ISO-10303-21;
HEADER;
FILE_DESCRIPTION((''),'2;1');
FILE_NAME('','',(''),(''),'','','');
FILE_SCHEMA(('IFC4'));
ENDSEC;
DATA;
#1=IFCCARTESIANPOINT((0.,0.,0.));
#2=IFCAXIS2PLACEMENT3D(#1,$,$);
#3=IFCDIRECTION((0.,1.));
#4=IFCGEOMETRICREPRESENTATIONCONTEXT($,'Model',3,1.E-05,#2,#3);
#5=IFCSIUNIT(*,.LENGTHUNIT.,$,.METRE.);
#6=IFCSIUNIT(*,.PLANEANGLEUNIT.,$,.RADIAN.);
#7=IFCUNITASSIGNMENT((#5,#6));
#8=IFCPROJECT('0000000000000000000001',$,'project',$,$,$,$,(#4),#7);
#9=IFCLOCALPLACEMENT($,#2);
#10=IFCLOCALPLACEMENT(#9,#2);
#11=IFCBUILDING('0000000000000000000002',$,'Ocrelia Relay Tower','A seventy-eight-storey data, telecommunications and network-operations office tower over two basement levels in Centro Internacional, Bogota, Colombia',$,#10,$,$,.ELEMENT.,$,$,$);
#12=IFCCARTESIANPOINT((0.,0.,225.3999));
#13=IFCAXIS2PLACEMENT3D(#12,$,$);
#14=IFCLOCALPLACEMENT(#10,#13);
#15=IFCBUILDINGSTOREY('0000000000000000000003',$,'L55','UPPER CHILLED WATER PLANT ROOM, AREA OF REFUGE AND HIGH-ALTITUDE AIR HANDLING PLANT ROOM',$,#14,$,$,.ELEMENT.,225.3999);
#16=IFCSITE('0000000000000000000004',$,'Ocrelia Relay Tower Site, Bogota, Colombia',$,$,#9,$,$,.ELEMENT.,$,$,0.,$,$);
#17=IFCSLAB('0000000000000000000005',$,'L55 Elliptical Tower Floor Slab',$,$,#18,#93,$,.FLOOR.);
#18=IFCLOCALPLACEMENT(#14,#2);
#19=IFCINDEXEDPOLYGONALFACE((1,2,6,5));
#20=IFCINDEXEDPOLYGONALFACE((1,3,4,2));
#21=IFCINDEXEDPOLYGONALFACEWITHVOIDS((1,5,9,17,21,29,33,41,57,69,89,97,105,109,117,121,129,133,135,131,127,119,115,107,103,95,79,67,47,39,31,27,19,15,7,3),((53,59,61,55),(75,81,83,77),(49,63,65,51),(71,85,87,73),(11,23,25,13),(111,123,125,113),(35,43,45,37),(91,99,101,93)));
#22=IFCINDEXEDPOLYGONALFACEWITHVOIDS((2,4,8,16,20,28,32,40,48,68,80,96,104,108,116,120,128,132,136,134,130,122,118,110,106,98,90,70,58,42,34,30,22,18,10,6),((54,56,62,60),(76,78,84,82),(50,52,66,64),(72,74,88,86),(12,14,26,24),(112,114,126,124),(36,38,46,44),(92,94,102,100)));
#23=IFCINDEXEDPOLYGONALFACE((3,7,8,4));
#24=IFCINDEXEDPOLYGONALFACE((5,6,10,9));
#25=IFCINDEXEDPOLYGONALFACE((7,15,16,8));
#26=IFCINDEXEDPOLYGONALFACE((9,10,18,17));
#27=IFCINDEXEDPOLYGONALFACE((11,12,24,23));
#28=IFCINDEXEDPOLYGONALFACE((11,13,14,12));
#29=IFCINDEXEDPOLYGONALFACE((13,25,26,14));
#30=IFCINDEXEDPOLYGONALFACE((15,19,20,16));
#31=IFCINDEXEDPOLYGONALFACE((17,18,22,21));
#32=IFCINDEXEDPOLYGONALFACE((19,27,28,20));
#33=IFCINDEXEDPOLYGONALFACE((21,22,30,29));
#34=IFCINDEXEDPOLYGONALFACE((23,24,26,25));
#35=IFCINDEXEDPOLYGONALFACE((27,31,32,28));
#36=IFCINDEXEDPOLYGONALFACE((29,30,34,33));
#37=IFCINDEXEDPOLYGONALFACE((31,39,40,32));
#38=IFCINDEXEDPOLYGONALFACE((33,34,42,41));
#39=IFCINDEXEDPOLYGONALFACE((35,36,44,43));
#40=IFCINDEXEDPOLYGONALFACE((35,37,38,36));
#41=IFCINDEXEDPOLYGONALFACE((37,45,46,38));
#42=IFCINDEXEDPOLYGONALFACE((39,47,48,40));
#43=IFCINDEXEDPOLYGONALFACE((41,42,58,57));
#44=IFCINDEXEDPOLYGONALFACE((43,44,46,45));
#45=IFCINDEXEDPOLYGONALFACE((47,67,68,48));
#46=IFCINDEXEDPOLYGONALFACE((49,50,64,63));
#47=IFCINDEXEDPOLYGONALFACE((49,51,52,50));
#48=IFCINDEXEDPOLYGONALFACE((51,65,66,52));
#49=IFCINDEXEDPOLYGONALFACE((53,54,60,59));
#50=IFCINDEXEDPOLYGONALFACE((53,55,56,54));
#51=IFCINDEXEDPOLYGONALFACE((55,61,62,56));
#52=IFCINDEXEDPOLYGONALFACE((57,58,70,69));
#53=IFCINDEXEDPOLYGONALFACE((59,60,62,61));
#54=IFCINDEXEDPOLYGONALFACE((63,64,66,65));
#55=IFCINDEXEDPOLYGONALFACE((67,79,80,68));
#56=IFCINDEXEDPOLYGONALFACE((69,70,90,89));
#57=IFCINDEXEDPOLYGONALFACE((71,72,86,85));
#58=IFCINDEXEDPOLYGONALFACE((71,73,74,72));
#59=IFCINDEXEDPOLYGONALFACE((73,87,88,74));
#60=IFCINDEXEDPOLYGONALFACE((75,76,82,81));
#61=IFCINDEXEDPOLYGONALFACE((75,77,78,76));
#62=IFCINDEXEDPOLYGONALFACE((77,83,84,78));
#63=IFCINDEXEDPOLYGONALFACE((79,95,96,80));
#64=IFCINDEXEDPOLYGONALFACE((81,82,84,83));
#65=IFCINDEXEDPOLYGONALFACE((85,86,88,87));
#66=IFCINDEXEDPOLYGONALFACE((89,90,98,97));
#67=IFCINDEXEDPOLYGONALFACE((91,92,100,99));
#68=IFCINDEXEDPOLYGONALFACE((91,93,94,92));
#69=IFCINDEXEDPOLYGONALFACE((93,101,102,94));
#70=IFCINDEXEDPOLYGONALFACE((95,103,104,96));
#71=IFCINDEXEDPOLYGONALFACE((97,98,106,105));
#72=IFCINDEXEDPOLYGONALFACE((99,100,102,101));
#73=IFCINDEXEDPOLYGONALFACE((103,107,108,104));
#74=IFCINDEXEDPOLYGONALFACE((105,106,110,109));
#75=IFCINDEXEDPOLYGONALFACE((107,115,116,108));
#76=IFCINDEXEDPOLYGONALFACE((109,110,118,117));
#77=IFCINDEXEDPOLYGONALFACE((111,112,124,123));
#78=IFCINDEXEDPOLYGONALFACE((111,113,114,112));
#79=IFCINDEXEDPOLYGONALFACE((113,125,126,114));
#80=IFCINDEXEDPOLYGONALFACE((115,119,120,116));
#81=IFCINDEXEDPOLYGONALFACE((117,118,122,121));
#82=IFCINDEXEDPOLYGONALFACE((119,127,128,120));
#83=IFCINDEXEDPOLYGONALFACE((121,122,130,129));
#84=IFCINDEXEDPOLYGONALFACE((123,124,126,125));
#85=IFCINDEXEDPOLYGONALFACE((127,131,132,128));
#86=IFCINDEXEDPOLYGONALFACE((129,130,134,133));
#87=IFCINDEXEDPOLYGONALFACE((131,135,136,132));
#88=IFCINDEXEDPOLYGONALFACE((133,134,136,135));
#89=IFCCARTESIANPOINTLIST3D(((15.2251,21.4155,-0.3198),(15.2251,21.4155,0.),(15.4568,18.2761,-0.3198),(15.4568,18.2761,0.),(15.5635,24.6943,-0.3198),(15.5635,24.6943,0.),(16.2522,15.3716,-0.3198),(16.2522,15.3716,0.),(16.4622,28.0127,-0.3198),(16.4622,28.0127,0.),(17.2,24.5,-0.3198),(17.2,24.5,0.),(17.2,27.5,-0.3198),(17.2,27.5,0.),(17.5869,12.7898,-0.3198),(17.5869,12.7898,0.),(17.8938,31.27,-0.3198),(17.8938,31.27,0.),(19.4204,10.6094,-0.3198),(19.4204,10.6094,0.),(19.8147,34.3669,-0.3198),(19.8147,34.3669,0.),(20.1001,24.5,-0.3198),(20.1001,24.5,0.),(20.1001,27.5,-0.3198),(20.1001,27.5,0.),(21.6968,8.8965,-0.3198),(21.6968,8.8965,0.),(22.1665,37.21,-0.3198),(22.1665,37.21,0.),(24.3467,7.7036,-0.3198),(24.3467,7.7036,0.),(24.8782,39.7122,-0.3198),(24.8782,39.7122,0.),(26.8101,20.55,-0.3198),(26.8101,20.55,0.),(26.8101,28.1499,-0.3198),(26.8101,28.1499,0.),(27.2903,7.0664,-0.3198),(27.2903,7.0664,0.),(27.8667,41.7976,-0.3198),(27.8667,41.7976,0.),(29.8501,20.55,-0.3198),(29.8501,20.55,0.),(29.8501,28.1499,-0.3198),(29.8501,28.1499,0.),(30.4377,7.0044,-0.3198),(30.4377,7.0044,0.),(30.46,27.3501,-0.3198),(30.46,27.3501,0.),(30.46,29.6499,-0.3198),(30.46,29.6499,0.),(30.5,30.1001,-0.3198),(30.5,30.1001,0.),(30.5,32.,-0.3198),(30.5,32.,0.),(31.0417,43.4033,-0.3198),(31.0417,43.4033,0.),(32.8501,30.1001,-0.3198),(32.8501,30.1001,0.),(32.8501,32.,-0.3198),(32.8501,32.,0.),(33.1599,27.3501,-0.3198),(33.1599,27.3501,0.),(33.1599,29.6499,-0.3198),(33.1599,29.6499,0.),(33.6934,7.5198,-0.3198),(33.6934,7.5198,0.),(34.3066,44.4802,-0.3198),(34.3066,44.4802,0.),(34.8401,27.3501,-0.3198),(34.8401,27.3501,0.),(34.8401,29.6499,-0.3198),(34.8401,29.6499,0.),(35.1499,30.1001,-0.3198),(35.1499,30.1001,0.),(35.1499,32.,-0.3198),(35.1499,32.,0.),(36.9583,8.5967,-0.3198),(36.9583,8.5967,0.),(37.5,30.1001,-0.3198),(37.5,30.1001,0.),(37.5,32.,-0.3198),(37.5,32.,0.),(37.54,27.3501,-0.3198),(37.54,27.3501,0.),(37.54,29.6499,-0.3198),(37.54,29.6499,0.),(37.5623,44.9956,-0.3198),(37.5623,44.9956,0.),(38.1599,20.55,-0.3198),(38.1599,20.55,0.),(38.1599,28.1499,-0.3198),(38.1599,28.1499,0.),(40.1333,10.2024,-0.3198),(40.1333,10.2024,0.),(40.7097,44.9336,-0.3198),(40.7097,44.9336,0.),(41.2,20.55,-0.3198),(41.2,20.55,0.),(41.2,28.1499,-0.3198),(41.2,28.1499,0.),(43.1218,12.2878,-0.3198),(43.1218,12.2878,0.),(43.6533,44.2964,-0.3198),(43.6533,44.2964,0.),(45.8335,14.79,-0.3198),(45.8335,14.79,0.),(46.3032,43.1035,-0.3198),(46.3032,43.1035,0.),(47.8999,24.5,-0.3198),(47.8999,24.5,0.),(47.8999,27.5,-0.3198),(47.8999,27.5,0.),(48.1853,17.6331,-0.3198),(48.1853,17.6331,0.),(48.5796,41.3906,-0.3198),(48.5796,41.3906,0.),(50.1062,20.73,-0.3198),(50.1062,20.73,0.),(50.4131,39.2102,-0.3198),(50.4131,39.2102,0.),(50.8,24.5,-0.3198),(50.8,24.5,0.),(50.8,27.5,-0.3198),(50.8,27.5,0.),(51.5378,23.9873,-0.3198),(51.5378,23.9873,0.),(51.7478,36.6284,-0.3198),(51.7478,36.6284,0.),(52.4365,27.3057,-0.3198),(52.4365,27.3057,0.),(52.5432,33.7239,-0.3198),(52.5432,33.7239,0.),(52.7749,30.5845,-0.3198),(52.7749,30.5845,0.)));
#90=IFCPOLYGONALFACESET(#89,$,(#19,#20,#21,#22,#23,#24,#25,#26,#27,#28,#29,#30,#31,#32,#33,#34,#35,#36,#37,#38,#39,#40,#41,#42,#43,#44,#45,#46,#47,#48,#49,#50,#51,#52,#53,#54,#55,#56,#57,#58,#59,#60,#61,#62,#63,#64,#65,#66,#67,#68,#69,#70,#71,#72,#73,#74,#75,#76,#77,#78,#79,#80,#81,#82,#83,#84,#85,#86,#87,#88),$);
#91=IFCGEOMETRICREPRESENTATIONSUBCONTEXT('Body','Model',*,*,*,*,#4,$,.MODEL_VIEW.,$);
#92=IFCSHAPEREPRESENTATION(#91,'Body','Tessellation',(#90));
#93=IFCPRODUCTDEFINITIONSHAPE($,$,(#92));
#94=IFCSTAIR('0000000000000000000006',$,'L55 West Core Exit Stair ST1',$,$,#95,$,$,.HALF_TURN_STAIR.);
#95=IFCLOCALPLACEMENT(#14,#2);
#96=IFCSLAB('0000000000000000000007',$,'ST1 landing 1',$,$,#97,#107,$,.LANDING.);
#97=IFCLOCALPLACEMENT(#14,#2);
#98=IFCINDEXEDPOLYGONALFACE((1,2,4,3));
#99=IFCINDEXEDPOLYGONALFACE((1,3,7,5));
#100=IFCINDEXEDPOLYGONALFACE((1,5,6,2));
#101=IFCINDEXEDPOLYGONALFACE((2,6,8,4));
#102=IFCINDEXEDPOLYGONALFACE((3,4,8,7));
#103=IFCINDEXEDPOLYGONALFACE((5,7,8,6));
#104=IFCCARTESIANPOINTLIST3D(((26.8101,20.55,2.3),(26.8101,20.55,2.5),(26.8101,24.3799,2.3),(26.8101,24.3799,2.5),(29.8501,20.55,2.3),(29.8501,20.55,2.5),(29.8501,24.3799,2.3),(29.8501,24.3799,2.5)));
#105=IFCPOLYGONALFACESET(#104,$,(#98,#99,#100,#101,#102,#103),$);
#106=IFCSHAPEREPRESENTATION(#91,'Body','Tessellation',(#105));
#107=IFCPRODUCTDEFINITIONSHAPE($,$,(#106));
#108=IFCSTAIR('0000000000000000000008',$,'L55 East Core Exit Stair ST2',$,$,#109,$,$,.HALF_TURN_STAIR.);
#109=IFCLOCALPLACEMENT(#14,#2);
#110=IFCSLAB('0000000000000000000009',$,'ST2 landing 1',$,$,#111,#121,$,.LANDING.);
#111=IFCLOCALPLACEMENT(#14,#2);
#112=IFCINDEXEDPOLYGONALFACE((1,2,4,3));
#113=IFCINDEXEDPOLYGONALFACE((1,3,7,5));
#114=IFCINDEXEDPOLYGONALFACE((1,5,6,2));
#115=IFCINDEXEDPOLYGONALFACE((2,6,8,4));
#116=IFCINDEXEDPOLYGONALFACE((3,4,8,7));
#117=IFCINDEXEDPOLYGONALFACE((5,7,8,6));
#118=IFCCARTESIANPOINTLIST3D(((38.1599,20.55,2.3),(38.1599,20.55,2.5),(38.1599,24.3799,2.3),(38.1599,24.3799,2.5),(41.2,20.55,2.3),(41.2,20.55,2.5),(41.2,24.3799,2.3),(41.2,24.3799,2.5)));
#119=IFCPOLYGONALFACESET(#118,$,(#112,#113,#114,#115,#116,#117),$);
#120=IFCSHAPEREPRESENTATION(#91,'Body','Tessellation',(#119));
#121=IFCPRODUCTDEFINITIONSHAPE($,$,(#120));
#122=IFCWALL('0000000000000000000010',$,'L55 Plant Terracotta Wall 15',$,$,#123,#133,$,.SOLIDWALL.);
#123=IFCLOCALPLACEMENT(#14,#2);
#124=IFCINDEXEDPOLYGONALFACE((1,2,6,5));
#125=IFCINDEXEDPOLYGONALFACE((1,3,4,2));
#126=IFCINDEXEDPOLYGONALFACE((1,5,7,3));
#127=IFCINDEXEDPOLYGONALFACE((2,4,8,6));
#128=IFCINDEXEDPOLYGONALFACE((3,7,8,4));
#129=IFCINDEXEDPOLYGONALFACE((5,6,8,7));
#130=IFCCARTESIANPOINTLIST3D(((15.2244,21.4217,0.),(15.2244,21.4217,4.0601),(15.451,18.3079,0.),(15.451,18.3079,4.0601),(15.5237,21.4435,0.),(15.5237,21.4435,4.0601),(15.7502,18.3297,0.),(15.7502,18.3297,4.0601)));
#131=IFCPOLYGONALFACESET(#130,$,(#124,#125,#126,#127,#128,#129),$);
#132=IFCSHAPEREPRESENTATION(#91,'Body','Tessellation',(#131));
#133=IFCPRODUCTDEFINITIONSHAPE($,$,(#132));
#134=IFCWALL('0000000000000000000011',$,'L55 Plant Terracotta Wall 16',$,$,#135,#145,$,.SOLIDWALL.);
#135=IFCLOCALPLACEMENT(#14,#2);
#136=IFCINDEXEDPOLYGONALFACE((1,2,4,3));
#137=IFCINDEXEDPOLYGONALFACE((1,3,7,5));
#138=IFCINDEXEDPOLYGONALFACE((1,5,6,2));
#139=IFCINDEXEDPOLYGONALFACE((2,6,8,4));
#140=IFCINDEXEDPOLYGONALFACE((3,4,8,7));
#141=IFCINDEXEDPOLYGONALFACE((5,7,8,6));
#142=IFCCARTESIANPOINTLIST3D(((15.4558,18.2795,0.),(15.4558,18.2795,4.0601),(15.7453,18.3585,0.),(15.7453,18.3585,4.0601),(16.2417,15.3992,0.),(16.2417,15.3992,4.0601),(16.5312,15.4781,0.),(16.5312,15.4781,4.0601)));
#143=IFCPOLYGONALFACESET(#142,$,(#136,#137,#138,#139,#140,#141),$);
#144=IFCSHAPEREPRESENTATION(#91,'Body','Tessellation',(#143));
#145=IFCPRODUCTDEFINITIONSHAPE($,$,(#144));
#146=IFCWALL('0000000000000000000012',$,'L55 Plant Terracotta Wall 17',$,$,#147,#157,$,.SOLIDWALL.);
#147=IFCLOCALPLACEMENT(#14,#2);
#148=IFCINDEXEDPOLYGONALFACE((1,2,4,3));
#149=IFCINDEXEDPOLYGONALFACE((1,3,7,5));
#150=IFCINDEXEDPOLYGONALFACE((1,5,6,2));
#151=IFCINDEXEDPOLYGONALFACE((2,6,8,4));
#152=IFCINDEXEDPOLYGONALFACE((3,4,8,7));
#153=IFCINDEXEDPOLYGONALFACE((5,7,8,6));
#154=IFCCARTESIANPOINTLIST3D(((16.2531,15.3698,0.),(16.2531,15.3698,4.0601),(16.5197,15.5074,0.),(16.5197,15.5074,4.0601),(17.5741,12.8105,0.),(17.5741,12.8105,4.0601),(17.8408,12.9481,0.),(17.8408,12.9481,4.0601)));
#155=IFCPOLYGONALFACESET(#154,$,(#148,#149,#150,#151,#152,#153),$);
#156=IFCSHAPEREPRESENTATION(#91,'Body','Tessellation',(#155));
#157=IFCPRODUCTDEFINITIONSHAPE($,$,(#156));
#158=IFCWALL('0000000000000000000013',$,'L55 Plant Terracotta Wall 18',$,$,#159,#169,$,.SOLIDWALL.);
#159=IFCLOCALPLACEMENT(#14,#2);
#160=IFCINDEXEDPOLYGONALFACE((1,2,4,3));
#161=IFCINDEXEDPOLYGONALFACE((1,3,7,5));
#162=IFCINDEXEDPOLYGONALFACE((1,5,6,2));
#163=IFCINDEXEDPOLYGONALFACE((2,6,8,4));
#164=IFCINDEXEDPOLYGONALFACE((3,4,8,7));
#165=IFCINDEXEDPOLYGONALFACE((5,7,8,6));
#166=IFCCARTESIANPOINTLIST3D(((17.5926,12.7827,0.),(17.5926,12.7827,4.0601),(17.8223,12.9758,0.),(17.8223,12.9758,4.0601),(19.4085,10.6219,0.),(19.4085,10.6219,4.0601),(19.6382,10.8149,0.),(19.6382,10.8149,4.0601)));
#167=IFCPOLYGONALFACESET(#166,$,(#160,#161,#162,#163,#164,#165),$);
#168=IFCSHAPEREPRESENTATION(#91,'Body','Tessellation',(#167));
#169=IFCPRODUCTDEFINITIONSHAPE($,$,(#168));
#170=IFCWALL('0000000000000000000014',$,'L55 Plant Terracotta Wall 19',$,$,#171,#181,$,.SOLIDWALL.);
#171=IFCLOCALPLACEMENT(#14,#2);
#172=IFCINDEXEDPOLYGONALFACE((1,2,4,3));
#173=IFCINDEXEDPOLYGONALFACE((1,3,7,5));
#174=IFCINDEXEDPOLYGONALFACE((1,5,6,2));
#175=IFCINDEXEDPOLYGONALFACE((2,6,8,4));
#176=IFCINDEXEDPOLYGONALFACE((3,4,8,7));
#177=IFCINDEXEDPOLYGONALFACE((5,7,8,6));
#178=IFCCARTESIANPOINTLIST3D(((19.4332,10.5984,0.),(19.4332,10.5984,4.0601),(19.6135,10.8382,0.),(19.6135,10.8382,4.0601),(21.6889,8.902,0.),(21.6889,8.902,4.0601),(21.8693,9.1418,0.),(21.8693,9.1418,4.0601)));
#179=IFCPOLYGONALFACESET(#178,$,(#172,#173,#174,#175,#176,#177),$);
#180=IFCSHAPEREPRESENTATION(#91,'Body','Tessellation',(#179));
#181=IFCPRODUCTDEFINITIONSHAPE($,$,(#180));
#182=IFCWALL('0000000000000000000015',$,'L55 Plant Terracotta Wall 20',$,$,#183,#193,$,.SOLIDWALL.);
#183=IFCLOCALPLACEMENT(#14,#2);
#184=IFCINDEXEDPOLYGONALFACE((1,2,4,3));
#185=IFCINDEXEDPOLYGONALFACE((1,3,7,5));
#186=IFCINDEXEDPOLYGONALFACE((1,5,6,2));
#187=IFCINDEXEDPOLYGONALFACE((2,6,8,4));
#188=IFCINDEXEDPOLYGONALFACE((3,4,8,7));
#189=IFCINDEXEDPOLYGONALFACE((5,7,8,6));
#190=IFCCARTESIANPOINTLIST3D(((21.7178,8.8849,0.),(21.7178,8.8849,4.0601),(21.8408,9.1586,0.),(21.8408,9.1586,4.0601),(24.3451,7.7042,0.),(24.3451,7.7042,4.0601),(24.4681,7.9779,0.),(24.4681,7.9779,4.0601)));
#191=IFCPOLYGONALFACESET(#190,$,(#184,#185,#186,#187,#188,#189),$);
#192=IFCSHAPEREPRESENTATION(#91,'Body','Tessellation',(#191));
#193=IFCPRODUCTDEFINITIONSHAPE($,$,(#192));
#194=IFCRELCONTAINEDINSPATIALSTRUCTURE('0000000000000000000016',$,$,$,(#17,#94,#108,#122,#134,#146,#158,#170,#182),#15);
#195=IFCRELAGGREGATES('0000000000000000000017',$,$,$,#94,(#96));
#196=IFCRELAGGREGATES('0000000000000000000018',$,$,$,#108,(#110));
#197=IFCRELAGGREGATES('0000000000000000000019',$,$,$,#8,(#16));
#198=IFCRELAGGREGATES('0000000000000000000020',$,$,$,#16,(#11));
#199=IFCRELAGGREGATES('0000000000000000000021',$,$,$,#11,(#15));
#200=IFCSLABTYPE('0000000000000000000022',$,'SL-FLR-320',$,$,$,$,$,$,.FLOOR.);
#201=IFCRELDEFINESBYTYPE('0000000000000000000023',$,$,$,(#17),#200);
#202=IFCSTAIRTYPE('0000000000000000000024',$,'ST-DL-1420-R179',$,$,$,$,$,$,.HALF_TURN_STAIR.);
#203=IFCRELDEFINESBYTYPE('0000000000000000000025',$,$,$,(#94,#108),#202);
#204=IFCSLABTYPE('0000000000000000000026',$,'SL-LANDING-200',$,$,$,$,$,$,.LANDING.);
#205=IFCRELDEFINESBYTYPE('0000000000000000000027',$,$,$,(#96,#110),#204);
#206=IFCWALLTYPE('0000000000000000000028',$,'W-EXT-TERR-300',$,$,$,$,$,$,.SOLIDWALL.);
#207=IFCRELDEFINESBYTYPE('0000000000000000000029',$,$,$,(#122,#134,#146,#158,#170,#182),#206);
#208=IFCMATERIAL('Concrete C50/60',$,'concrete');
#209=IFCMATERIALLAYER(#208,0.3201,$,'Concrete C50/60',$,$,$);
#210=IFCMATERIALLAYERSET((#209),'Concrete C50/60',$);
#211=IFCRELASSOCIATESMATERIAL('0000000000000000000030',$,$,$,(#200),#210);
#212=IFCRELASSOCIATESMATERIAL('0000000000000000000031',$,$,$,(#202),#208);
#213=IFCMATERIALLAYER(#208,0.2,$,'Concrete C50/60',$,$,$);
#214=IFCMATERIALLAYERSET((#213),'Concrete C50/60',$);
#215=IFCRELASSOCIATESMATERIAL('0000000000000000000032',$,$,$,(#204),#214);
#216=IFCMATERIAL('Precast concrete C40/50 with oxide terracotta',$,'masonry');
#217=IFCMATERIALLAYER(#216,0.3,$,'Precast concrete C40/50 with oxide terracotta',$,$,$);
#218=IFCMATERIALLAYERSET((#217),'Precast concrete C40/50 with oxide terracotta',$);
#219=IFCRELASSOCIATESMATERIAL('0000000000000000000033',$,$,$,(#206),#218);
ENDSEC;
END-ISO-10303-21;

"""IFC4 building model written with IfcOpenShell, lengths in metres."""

from ifc_helpers import new_model, si_unit, direction, frame, frame_2d, origin, place, context, subcontext, project, spatial, polyline, rectangle, outline, extrude, material, layer, layer_set, type_object, element, aggregate, save


model = new_model("IFC4")

# Units and contexts
model_context = context("Model", 3, precision=1e-05, world=origin(), true_north=direction((0.0, 1.0)))
body_context = subcontext(model_context, "Body", "Model", "MODEL_VIEW")
ifc_project = project(units=[si_unit("LENGTHUNIT", "METRE"), si_unit("PLANEANGLEUNIT", "RADIAN")], contexts=[model_context])

# Site, building, storey
site_placement = place(None, origin())
site = spatial("IfcSite", under=ifc_project, at=site_placement, Name="Ocrelia Relay Tower Site, Bogota, Colombia", CompositionType="ELEMENT", RefElevation=0.0)
building_placement = place(site_placement, origin())
building = spatial("IfcBuilding", under=site, at=building_placement, Name="Ocrelia Relay Tower", Description="A seventy-eight-storey data, telecommunications and network-operations office tower over two basement levels in Centro Internacional, Bogota, Colombia", CompositionType="ELEMENT")
storey_placement = place(building_placement, frame((0.0, 0.0, 225.3999)))
storey = spatial("IfcBuildingStorey", under=building, at=storey_placement, Name="L55", Description="UPPER CHILLED WATER PLANT ROOM, AREA OF REFUGE AND HIGH-ALTITUDE AIR HANDLING PLANT ROOM", CompositionType="ELEMENT", Elevation=225.3999)

# Slab
ifc_material_1 = material(Name="Concrete C50/60", Category="concrete")
ifc_layer_1 = layer(ifc_material_1, 0.3201, Name="Concrete C50/60")
ifc_layer_set_1 = layer_set([ifc_layer_1], Name="Concrete C50/60")
slab_type_1 = type_object("IfcSlabType", Name="SL-FLR-320", PredefinedType="FLOOR", material=ifc_layer_set_1)
slab_1_placement = place(storey_placement, frame((0.0, 0.0, -0.3198)))
element("IfcSlab", 1, at=slab_1_placement, inside=storey, type_object=slab_type_1, Name="L55 Elliptical Tower Floor Slab", PredefinedType="FLOOR", context=body_context, shape_type="SweptSolid", body=[
    extrude(outline(polyline([(48.5796, 41.3906), (46.3032, 43.1035), (43.6533, 44.2964), (40.7097, 44.9336), (37.5623, 44.9956), (34.3066, 44.4802), (31.0417, 43.4033), (27.8667, 41.7976), (24.8782, 39.7122), (22.1665, 37.21), (19.8147, 34.3669), (17.8938, 31.27), (16.4622, 28.0127), (15.5635, 24.6943), (15.2251, 21.4155), (15.4568, 18.2761), (16.2522, 15.3716), (17.5869, 12.7898), (19.4204, 10.6094), (21.6968, 8.8965), (24.3467, 7.7036), (27.2903, 7.0664), (30.4377, 7.0044), (33.6934, 7.5198), (36.9583, 8.5967), (40.1333, 10.2024), (43.1218, 12.2878), (45.8335, 14.79), (48.1853, 17.6331), (50.1062, 20.73), (51.5378, 23.9873), (52.4365, 27.3057), (52.7749, 30.5845), (52.5432, 33.7239), (51.7478, 36.6284), (50.4131, 39.2102), (48.5796, 41.3906)]), holes=[polyline([(26.8101, 28.1499), (26.8101, 20.55), (29.8501, 20.55), (29.8501, 28.1499), (26.8101, 28.1499)]), polyline([(38.1599, 28.1499), (38.1599, 20.55), (41.2, 20.55), (41.2, 28.1499), (38.1599, 28.1499)]), polyline([(30.46, 27.3501), (33.1599, 27.3501), (33.1599, 29.6499), (30.46, 29.6499), (30.46, 27.3501)]), polyline([(34.8401, 27.3501), (37.54, 27.3501), (37.54, 29.6499), (34.8401, 29.6499), (34.8401, 27.3501)]), polyline([(30.5, 30.1001), (32.8501, 30.1001), (32.8501, 32.0), (30.5, 32.0), (30.5, 30.1001)]), polyline([(35.1499, 30.1001), (37.5, 30.1001), (37.5, 32.0), (35.1499, 32.0), (35.1499, 30.1001)]), polyline([(17.2, 24.5), (20.1001, 24.5), (20.1001, 27.5), (17.2, 27.5), (17.2, 24.5)]), polyline([(47.8999, 24.5), (50.8, 24.5), (50.8, 27.5), (47.8999, 27.5), (47.8999, 24.5)])]), origin(), (0.0, 0.0, 1.0), 0.3198),
])

# Stairs, slabs
stair_type = type_object("IfcStairType", Name="ST-DL-1420-R179", PredefinedType="HALF_TURN_STAIR", material=ifc_material_1)
stair_1_placement = place(storey_placement, origin())
stair_1 = element("IfcStair", 2, at=stair_1_placement, inside=storey, type_object=stair_type, Name="L55 West Core Exit Stair ST1", PredefinedType="HALF_TURN_STAIR")
ifc_layer_2 = layer(ifc_material_1, 0.2, Name="Concrete C50/60")
ifc_layer_set_2 = layer_set([ifc_layer_2], Name="Concrete C50/60")
slab_type_2 = type_object("IfcSlabType", Name="SL-LANDING-200", PredefinedType="LANDING", material=ifc_layer_set_2)
slab_2_placement = place(storey_placement, frame((0.0, 0.0, 2.3)))
slab_2 = element("IfcSlab", 3, at=slab_2_placement, type_object=slab_type_2, Name="ST1 landing 1", PredefinedType="LANDING", context=body_context, shape_type="SweptSolid", body=[
    extrude(outline(polyline([(26.8101, 24.3799), (26.8101, 20.55), (29.8501, 20.55), (29.8501, 24.3799), (26.8101, 24.3799)])), origin(), (0.0, 0.0, 1.0), 0.2),
])
aggregate(stair_1, [slab_2])
stair_2_placement = place(storey_placement, origin())
stair_2 = element("IfcStair", 4, at=stair_2_placement, inside=storey, type_object=stair_type, Name="L55 East Core Exit Stair ST2", PredefinedType="HALF_TURN_STAIR")
slab_3_placement = place(storey_placement, frame((0.0, 0.0, 2.3)))
slab_3 = element("IfcSlab", 5, at=slab_3_placement, type_object=slab_type_2, Name="ST2 landing 1", PredefinedType="LANDING", context=body_context, shape_type="SweptSolid", body=[
    extrude(outline(polyline([(38.1599, 24.3799), (38.1599, 20.55), (41.2, 20.55), (41.2, 24.3799), (38.1599, 24.3799)])), origin(), (0.0, 0.0, 1.0), 0.2),
])
aggregate(stair_2, [slab_3])

# Walls
ifc_material_2 = material(Name="Precast concrete C40/50 with oxide terracotta", Category="masonry")
ifc_layer_3 = layer(ifc_material_2, 0.3, Name="Precast concrete C40/50 with oxide terracotta")
ifc_layer_set_3 = layer_set([ifc_layer_3], Name="Precast concrete C40/50 with oxide terracotta")
wall_type_1 = type_object("IfcWallType", Name="W-EXT-TERR-300", PredefinedType="SOLIDWALL", material=ifc_layer_set_3)
wall_1_placement = place(storey_placement, frame((15.374, 21.4326, 0.0), z_axis=(0.0, 0.0, 1.0), x_axis=(0.07257, -0.997363, 0.0)))
element("IfcWall", 6, at=wall_1_placement, inside=storey, type_object=wall_type_1, Name="L55 Plant Terracotta Wall 15", PredefinedType="SOLIDWALL", context=body_context, shape_type="SweptSolid", body=[
    extrude(rectangle(XDim=3.1221, YDim=0.3, at=frame_2d((1.561, 0.0))), origin(), (0.0, 0.0, 1.0), 4.0601),
])
wall_2_placement = place(storey_placement, frame((15.6006, 18.3188, 0.0), z_axis=(0.0, 0.0, 1.0), x_axis=(0.263221, -0.964736, 0.0)))
element("IfcWall", 7, at=wall_2_placement, inside=storey, type_object=wall_type_1, Name="L55 Plant Terracotta Wall 16", PredefinedType="SOLIDWALL", context=body_context, shape_type="SweptSolid", body=[
    extrude(rectangle(XDim=2.9856, YDim=0.3, at=frame_2d((1.4927, 0.0))), origin(), (0.0, 0.0, 1.0), 4.0601),
])
wall_3_placement = place(storey_placement, frame((16.3865, 15.4385, 0.0), z_axis=(0.0, 0.0, 1.0), x_axis=(0.458671, -0.888606, 0.0)))
element("IfcWall", 8, at=wall_3_placement, inside=storey, type_object=wall_type_1, Name="L55 Plant Terracotta Wall 17", PredefinedType="SOLIDWALL", context=body_context, shape_type="SweptSolid", body=[
    extrude(rectangle(XDim=2.8801, YDim=0.3, at=frame_2d((1.4399, 0.0))), origin(), (0.0, 0.0, 1.0), 4.0601),
])
for number, where, z_axis, x_axis, name in (
    (9, (17.7075, 12.8792, 0.0), (0.0, 0.0, 1.0), (0.643352, -0.76557, 0.0), "L55 Plant Terracotta Wall 18"),
    (10, (19.5234, 10.7183, 0.0), (0.0, 0.0, 1.0), (0.79921, -0.601051, 0.0), "L55 Plant Terracotta Wall 19"),
):
    element("IfcWall", number, at=place(storey_placement, frame(where, z_axis=z_axis, x_axis=x_axis)), inside=storey, type_object=wall_type_1, Name=name, PredefinedType="SOLIDWALL", context=body_context, shape_type="SweptSolid", body=[
        extrude(rectangle(XDim=2.8225, YDim=0.3, at=frame_2d((1.4111, 0.0))), origin(), (0.0, 0.0, 1.0), 4.0601),
    ])
wall_4_placement = place(storey_placement, frame((21.7793, 9.0217, 0.0), z_axis=(0.0, 0.0, 1.0), x_axis=(0.912126, -0.40991, 0.0)))
element("IfcWall", 11, at=wall_4_placement, inside=storey, type_object=wall_type_1, Name="L55 Plant Terracotta Wall 20", PredefinedType="SOLIDWALL", context=body_context, shape_type="SweptSolid", body=[
    extrude(rectangle(XDim=2.8804, YDim=0.3, at=frame_2d((1.4402, 0.0))), origin(), (0.0, 0.0, 1.0), 4.0601),
])

save(model, "model.ifc")
